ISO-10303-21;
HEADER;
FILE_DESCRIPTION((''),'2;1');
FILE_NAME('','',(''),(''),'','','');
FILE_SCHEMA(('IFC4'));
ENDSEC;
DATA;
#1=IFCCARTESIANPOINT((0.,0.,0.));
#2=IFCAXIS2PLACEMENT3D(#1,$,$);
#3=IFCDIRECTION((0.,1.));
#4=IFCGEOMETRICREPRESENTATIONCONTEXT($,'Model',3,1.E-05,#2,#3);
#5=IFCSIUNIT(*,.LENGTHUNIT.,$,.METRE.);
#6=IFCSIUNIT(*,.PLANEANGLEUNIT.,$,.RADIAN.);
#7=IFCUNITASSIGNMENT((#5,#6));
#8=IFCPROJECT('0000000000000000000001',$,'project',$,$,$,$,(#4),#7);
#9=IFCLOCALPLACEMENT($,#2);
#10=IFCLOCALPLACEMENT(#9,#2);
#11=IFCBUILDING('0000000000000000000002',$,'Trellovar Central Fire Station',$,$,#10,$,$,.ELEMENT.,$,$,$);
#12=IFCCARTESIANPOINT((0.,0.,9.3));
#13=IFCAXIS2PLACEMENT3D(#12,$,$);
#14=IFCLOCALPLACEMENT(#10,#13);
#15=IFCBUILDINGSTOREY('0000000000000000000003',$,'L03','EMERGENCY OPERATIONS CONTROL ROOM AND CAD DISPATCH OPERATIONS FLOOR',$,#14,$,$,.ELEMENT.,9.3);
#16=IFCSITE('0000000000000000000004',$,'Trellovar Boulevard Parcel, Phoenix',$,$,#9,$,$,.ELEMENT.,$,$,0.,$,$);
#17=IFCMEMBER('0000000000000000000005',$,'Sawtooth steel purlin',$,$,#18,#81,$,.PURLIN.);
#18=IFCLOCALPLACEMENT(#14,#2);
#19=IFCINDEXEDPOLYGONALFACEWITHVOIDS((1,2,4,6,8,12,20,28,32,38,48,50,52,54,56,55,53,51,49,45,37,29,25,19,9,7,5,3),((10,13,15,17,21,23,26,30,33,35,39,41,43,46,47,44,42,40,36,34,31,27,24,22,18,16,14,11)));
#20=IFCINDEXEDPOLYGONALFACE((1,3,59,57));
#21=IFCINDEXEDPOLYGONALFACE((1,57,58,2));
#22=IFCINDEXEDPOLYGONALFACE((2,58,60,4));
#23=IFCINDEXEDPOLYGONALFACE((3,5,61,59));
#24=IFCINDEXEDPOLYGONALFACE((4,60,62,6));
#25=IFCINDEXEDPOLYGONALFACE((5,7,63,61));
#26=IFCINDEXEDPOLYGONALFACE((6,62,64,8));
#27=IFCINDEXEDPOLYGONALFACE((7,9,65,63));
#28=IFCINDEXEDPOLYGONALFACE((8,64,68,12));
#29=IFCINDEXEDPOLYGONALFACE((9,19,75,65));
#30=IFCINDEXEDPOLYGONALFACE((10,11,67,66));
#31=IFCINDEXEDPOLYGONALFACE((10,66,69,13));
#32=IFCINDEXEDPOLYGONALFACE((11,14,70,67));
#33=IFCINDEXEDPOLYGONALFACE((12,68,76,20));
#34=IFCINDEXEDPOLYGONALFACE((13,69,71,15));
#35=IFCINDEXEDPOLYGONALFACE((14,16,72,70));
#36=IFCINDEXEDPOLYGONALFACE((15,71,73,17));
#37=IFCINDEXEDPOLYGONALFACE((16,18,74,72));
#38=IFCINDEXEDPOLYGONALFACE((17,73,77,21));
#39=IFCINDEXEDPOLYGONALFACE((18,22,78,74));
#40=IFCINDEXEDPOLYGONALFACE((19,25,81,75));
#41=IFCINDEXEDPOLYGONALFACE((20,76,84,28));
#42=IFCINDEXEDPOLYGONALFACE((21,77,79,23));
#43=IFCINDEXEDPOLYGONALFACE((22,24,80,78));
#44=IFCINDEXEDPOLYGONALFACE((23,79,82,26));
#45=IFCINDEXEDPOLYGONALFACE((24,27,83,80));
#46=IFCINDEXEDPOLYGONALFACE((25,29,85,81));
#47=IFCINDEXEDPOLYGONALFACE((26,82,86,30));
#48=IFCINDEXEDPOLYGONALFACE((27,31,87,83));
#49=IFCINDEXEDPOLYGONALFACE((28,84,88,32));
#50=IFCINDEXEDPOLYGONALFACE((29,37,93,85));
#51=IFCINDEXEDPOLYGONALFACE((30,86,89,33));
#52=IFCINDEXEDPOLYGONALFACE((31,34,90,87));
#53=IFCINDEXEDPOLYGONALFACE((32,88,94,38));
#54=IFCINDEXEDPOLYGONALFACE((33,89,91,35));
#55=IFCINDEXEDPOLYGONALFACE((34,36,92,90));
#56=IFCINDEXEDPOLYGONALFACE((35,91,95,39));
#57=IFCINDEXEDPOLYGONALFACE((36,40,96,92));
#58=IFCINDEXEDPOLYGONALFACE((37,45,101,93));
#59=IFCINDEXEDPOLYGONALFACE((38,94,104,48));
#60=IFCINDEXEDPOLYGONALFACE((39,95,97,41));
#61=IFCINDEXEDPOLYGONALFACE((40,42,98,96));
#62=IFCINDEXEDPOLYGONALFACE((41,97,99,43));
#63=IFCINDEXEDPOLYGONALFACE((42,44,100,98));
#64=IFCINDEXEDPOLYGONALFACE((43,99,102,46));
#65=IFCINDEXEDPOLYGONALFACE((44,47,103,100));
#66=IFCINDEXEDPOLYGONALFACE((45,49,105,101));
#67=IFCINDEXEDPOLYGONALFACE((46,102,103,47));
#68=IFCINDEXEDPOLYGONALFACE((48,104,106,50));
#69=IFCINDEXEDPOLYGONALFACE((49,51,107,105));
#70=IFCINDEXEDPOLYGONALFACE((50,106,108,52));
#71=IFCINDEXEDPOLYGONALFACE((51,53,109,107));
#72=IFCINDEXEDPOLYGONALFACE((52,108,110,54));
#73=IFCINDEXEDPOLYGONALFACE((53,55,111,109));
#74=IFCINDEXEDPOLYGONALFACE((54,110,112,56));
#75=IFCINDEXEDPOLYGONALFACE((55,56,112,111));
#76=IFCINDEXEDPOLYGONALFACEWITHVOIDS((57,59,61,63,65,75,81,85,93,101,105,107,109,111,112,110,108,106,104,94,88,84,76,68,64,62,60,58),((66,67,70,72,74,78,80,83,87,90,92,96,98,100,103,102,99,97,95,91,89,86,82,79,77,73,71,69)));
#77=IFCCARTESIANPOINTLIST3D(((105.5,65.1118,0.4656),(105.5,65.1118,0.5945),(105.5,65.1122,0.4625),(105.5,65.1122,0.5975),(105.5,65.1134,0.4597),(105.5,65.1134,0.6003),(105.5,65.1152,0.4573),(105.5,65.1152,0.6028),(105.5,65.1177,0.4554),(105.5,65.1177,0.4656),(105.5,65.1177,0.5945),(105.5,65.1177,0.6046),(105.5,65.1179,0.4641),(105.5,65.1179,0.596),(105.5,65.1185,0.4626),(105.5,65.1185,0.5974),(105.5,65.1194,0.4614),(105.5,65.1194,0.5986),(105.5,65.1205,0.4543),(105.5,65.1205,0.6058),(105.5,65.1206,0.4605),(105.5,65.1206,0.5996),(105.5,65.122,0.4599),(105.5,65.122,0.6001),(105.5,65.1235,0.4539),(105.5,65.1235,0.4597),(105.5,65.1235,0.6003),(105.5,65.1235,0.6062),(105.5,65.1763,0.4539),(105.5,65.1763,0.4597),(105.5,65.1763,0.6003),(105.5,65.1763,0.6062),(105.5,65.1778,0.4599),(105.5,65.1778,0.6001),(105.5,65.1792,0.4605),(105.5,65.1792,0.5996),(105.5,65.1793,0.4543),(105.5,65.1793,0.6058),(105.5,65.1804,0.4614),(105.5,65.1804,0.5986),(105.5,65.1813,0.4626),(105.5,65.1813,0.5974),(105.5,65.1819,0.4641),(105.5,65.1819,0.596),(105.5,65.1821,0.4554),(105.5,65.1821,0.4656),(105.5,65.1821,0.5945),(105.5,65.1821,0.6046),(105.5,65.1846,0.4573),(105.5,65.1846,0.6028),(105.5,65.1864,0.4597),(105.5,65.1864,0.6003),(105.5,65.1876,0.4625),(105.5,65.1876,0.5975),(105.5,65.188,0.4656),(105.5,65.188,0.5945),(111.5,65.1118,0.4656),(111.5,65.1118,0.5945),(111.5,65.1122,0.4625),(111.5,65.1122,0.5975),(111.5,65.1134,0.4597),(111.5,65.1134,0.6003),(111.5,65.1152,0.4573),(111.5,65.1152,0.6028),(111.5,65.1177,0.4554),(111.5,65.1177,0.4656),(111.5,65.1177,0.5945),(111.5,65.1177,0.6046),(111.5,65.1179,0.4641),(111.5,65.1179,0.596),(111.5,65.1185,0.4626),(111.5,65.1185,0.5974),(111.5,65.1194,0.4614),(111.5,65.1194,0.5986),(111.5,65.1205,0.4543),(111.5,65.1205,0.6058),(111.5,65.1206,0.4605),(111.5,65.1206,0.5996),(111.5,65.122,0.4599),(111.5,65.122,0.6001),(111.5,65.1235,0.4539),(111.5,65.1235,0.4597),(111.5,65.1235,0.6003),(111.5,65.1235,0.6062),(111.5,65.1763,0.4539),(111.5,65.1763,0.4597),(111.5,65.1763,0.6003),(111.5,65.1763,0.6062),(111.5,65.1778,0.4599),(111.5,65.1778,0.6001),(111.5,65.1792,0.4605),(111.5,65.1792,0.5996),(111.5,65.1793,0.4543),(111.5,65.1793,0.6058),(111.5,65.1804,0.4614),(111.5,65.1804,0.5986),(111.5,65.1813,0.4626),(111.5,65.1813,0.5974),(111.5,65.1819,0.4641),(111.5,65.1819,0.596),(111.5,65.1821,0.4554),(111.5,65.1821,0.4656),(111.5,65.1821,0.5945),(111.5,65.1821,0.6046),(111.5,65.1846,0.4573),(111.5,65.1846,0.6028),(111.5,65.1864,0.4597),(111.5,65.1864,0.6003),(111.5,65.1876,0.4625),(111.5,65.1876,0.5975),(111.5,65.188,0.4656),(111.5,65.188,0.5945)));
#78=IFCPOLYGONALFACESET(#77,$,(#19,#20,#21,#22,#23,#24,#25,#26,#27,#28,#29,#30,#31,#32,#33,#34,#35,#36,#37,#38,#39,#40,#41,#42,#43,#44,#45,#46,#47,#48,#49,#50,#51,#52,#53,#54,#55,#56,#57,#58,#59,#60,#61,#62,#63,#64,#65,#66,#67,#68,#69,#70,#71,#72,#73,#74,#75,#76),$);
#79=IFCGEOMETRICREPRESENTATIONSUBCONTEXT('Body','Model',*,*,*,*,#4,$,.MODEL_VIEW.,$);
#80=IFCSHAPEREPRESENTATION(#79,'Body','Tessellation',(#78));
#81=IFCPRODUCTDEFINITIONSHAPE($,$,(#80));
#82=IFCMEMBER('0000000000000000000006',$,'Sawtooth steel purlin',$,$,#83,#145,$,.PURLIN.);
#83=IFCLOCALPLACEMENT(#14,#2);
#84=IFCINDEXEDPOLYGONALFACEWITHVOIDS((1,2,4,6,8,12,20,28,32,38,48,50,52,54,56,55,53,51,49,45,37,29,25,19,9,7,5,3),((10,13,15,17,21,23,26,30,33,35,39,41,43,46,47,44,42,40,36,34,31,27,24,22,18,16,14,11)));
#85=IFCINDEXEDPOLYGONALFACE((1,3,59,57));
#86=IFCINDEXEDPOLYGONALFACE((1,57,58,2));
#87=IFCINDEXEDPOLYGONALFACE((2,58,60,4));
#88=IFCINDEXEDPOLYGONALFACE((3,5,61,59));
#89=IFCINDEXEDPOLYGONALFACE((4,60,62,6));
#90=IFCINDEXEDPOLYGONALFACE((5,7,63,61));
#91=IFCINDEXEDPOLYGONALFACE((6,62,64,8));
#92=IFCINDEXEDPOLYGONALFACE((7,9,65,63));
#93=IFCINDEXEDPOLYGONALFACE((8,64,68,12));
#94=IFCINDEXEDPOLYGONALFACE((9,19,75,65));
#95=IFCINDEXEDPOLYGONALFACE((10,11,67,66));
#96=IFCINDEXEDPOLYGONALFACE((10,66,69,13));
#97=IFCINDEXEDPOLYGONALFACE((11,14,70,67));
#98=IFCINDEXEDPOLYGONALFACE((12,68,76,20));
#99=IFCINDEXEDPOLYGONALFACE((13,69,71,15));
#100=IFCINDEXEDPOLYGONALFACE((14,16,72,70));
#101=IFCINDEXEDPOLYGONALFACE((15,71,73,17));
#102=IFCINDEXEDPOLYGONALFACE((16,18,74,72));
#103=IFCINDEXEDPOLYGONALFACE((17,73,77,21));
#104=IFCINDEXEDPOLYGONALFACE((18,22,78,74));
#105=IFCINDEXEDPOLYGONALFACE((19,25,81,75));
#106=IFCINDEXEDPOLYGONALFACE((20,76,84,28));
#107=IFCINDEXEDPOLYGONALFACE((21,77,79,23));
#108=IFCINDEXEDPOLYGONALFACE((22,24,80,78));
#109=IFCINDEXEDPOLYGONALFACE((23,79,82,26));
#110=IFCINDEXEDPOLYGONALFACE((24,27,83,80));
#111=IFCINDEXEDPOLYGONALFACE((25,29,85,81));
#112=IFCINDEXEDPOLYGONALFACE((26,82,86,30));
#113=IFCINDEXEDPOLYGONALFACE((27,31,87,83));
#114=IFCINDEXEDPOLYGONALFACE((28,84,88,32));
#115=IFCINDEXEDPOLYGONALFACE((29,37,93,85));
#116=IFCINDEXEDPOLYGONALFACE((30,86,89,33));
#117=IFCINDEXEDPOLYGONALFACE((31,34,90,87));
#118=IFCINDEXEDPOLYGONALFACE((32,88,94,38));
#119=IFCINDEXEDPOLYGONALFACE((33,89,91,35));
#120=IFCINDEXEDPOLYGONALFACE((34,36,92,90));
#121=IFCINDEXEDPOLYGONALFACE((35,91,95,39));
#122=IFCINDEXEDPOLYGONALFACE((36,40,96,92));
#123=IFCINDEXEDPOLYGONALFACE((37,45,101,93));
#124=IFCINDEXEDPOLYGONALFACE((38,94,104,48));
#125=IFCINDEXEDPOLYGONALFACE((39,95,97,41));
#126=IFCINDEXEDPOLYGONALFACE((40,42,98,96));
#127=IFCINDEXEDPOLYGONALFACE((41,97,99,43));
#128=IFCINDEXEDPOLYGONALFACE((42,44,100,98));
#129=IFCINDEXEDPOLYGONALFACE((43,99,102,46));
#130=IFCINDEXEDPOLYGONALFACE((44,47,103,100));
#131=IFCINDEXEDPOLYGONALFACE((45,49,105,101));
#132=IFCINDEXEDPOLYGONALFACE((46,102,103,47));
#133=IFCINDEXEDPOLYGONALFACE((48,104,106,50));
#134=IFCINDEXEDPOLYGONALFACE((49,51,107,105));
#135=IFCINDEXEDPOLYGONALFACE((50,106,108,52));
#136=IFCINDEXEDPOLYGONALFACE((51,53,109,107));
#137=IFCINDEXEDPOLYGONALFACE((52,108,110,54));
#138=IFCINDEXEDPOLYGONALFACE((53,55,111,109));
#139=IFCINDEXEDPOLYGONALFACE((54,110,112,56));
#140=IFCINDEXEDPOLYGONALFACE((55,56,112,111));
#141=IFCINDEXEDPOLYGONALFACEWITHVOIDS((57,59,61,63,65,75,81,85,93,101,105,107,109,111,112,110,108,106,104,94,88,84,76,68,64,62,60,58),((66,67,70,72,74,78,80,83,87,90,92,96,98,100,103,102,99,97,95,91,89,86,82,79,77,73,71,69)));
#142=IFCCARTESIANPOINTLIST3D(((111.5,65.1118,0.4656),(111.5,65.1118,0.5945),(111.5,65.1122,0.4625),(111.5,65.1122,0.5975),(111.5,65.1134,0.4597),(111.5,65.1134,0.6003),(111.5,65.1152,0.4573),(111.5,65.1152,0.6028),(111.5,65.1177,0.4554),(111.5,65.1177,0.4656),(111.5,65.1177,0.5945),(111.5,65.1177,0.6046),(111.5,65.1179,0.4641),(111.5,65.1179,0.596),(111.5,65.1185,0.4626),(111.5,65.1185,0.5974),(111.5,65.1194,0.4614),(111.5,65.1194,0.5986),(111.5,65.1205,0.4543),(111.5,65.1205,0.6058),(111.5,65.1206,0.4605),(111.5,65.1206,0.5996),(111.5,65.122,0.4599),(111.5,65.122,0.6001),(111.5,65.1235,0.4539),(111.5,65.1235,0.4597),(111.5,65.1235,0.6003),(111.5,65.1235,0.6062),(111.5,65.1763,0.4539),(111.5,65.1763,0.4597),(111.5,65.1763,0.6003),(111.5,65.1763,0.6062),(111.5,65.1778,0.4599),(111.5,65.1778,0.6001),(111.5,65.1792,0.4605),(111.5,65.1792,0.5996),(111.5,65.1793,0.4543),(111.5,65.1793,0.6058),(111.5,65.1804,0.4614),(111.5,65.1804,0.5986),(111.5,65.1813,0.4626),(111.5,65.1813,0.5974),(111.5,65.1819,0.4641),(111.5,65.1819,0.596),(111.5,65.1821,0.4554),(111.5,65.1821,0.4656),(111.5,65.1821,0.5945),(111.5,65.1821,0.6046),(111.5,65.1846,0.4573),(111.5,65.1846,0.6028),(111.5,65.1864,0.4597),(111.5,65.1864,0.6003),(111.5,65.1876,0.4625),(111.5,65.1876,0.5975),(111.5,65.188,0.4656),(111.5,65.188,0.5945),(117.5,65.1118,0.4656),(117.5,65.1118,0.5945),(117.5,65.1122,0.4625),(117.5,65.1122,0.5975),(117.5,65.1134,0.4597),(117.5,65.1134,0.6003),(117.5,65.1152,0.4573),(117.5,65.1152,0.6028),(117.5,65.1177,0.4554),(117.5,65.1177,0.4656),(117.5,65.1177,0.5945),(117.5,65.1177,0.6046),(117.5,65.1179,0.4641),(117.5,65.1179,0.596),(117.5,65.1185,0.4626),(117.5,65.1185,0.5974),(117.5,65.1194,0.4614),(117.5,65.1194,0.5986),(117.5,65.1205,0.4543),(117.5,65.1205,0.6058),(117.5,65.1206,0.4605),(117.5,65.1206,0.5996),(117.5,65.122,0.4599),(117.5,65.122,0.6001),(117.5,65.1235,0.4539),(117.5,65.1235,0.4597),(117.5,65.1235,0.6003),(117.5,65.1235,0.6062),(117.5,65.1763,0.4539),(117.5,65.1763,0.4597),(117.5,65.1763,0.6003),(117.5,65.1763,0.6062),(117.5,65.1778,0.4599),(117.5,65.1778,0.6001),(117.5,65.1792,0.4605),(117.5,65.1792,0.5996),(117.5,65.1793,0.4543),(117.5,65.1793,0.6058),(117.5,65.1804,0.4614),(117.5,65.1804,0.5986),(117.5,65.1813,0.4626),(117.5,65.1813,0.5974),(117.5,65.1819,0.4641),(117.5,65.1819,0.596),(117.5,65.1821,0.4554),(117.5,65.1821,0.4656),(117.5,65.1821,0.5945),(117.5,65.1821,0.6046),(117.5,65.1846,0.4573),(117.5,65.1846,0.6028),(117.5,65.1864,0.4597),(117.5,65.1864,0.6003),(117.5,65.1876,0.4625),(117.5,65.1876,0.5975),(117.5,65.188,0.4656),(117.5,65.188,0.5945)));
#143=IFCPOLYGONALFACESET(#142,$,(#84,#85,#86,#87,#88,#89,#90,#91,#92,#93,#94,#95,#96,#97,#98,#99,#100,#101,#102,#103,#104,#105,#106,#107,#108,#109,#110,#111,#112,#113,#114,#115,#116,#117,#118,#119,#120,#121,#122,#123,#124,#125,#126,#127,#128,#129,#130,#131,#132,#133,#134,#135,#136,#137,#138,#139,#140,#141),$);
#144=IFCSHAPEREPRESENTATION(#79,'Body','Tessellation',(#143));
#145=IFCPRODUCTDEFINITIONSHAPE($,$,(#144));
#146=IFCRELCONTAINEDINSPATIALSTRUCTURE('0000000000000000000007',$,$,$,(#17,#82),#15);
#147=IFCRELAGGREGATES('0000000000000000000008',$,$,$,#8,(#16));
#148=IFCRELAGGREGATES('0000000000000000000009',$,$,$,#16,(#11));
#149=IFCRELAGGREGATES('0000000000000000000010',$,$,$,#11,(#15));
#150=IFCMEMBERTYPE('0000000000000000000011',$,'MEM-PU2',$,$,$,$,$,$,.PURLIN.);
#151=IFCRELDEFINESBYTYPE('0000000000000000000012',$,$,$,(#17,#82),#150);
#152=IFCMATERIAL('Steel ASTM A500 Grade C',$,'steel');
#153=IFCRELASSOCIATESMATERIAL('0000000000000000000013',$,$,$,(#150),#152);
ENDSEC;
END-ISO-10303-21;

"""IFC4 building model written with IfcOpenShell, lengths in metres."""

from ifc_helpers import new_model, si_unit, direction, frame, origin, origin_2d, place, context, subcontext, project, spatial, hollow_rectangle, extrude, material, material_profile, profile_set, type_object, element, save


model = new_model("IFC4")

# Units and contexts
model_context = context("Model", 3, precision=1e-05, world=origin(), true_north=direction((0.0, 1.0)))
body_context = subcontext(model_context, "Body", "Model", "MODEL_VIEW")
ifc_project = project(units=[si_unit("LENGTHUNIT", "METRE"), si_unit("PLANEANGLEUNIT", "RADIAN")], contexts=[model_context])

# Site, building, storey
site_placement = place(None, origin())
site = spatial("IfcSite", under=ifc_project, at=site_placement, Name="Trellovar Boulevard Parcel, Phoenix", CompositionType="ELEMENT", RefElevation=0.0)
building_placement = place(site_placement, origin())
building = spatial("IfcBuilding", under=site, at=building_placement, Name="Trellovar Central Fire Station", CompositionType="ELEMENT")
storey_placement = place(building_placement, frame((0.0, 0.0, 9.3)))
storey = spatial("IfcBuildingStorey", under=building, at=storey_placement, Name="L03", Description="EMERGENCY OPERATIONS CONTROL ROOM AND CAD DISPATCH OPERATIONS FLOOR", CompositionType="ELEMENT", Elevation=9.3)

# Members
ifc_material_1 = material(Name="Steel ASTM A500 Grade C", Category="steel")
ifc_material_profile_1 = material_profile(ifc_material_1, hollow_rectangle(XDim=0.0762, YDim=0.1523, WallThickness=0.0059, InnerFilletRadius=0.0059, OuterFilletRadius=0.0117, at=origin_2d()), Name="HSS6X3X1/4")
ifc_profile_set_1 = profile_set([ifc_material_profile_1], Name="Steel ASTM A500 Grade C")
member_type_1 = type_object("IfcMemberType", Name="MEM-PU2", PredefinedType="PURLIN", material=ifc_profile_set_1)
for number, where, z_axis, x_axis, name in (
    (1, (105.5, 65.1499, 0.53), (1.0, 0.0, 0.0), (0.0, 1.0, 0.0), "Sawtooth steel purlin"),
    (2, (111.5, 65.1499, 0.53), (1.0, 0.0, 0.0), (0.0, 1.0, 0.0), "Sawtooth steel purlin"),
):
    element("IfcMember", number, at=place(storey_placement, frame(where, z_axis=z_axis, x_axis=x_axis)), inside=storey, type_object=member_type_1, Name=name, PredefinedType="PURLIN", context=body_context, shape_type="SweptSolid", body=[
        extrude(hollow_rectangle(XDim=0.0762, YDim=0.1523, WallThickness=0.0059, InnerFilletRadius=0.0059, OuterFilletRadius=0.0117, at=origin_2d()), origin(), (0.0, 0.0, 1.0), 6.0),
    ])

save(model, "model.ifc")
